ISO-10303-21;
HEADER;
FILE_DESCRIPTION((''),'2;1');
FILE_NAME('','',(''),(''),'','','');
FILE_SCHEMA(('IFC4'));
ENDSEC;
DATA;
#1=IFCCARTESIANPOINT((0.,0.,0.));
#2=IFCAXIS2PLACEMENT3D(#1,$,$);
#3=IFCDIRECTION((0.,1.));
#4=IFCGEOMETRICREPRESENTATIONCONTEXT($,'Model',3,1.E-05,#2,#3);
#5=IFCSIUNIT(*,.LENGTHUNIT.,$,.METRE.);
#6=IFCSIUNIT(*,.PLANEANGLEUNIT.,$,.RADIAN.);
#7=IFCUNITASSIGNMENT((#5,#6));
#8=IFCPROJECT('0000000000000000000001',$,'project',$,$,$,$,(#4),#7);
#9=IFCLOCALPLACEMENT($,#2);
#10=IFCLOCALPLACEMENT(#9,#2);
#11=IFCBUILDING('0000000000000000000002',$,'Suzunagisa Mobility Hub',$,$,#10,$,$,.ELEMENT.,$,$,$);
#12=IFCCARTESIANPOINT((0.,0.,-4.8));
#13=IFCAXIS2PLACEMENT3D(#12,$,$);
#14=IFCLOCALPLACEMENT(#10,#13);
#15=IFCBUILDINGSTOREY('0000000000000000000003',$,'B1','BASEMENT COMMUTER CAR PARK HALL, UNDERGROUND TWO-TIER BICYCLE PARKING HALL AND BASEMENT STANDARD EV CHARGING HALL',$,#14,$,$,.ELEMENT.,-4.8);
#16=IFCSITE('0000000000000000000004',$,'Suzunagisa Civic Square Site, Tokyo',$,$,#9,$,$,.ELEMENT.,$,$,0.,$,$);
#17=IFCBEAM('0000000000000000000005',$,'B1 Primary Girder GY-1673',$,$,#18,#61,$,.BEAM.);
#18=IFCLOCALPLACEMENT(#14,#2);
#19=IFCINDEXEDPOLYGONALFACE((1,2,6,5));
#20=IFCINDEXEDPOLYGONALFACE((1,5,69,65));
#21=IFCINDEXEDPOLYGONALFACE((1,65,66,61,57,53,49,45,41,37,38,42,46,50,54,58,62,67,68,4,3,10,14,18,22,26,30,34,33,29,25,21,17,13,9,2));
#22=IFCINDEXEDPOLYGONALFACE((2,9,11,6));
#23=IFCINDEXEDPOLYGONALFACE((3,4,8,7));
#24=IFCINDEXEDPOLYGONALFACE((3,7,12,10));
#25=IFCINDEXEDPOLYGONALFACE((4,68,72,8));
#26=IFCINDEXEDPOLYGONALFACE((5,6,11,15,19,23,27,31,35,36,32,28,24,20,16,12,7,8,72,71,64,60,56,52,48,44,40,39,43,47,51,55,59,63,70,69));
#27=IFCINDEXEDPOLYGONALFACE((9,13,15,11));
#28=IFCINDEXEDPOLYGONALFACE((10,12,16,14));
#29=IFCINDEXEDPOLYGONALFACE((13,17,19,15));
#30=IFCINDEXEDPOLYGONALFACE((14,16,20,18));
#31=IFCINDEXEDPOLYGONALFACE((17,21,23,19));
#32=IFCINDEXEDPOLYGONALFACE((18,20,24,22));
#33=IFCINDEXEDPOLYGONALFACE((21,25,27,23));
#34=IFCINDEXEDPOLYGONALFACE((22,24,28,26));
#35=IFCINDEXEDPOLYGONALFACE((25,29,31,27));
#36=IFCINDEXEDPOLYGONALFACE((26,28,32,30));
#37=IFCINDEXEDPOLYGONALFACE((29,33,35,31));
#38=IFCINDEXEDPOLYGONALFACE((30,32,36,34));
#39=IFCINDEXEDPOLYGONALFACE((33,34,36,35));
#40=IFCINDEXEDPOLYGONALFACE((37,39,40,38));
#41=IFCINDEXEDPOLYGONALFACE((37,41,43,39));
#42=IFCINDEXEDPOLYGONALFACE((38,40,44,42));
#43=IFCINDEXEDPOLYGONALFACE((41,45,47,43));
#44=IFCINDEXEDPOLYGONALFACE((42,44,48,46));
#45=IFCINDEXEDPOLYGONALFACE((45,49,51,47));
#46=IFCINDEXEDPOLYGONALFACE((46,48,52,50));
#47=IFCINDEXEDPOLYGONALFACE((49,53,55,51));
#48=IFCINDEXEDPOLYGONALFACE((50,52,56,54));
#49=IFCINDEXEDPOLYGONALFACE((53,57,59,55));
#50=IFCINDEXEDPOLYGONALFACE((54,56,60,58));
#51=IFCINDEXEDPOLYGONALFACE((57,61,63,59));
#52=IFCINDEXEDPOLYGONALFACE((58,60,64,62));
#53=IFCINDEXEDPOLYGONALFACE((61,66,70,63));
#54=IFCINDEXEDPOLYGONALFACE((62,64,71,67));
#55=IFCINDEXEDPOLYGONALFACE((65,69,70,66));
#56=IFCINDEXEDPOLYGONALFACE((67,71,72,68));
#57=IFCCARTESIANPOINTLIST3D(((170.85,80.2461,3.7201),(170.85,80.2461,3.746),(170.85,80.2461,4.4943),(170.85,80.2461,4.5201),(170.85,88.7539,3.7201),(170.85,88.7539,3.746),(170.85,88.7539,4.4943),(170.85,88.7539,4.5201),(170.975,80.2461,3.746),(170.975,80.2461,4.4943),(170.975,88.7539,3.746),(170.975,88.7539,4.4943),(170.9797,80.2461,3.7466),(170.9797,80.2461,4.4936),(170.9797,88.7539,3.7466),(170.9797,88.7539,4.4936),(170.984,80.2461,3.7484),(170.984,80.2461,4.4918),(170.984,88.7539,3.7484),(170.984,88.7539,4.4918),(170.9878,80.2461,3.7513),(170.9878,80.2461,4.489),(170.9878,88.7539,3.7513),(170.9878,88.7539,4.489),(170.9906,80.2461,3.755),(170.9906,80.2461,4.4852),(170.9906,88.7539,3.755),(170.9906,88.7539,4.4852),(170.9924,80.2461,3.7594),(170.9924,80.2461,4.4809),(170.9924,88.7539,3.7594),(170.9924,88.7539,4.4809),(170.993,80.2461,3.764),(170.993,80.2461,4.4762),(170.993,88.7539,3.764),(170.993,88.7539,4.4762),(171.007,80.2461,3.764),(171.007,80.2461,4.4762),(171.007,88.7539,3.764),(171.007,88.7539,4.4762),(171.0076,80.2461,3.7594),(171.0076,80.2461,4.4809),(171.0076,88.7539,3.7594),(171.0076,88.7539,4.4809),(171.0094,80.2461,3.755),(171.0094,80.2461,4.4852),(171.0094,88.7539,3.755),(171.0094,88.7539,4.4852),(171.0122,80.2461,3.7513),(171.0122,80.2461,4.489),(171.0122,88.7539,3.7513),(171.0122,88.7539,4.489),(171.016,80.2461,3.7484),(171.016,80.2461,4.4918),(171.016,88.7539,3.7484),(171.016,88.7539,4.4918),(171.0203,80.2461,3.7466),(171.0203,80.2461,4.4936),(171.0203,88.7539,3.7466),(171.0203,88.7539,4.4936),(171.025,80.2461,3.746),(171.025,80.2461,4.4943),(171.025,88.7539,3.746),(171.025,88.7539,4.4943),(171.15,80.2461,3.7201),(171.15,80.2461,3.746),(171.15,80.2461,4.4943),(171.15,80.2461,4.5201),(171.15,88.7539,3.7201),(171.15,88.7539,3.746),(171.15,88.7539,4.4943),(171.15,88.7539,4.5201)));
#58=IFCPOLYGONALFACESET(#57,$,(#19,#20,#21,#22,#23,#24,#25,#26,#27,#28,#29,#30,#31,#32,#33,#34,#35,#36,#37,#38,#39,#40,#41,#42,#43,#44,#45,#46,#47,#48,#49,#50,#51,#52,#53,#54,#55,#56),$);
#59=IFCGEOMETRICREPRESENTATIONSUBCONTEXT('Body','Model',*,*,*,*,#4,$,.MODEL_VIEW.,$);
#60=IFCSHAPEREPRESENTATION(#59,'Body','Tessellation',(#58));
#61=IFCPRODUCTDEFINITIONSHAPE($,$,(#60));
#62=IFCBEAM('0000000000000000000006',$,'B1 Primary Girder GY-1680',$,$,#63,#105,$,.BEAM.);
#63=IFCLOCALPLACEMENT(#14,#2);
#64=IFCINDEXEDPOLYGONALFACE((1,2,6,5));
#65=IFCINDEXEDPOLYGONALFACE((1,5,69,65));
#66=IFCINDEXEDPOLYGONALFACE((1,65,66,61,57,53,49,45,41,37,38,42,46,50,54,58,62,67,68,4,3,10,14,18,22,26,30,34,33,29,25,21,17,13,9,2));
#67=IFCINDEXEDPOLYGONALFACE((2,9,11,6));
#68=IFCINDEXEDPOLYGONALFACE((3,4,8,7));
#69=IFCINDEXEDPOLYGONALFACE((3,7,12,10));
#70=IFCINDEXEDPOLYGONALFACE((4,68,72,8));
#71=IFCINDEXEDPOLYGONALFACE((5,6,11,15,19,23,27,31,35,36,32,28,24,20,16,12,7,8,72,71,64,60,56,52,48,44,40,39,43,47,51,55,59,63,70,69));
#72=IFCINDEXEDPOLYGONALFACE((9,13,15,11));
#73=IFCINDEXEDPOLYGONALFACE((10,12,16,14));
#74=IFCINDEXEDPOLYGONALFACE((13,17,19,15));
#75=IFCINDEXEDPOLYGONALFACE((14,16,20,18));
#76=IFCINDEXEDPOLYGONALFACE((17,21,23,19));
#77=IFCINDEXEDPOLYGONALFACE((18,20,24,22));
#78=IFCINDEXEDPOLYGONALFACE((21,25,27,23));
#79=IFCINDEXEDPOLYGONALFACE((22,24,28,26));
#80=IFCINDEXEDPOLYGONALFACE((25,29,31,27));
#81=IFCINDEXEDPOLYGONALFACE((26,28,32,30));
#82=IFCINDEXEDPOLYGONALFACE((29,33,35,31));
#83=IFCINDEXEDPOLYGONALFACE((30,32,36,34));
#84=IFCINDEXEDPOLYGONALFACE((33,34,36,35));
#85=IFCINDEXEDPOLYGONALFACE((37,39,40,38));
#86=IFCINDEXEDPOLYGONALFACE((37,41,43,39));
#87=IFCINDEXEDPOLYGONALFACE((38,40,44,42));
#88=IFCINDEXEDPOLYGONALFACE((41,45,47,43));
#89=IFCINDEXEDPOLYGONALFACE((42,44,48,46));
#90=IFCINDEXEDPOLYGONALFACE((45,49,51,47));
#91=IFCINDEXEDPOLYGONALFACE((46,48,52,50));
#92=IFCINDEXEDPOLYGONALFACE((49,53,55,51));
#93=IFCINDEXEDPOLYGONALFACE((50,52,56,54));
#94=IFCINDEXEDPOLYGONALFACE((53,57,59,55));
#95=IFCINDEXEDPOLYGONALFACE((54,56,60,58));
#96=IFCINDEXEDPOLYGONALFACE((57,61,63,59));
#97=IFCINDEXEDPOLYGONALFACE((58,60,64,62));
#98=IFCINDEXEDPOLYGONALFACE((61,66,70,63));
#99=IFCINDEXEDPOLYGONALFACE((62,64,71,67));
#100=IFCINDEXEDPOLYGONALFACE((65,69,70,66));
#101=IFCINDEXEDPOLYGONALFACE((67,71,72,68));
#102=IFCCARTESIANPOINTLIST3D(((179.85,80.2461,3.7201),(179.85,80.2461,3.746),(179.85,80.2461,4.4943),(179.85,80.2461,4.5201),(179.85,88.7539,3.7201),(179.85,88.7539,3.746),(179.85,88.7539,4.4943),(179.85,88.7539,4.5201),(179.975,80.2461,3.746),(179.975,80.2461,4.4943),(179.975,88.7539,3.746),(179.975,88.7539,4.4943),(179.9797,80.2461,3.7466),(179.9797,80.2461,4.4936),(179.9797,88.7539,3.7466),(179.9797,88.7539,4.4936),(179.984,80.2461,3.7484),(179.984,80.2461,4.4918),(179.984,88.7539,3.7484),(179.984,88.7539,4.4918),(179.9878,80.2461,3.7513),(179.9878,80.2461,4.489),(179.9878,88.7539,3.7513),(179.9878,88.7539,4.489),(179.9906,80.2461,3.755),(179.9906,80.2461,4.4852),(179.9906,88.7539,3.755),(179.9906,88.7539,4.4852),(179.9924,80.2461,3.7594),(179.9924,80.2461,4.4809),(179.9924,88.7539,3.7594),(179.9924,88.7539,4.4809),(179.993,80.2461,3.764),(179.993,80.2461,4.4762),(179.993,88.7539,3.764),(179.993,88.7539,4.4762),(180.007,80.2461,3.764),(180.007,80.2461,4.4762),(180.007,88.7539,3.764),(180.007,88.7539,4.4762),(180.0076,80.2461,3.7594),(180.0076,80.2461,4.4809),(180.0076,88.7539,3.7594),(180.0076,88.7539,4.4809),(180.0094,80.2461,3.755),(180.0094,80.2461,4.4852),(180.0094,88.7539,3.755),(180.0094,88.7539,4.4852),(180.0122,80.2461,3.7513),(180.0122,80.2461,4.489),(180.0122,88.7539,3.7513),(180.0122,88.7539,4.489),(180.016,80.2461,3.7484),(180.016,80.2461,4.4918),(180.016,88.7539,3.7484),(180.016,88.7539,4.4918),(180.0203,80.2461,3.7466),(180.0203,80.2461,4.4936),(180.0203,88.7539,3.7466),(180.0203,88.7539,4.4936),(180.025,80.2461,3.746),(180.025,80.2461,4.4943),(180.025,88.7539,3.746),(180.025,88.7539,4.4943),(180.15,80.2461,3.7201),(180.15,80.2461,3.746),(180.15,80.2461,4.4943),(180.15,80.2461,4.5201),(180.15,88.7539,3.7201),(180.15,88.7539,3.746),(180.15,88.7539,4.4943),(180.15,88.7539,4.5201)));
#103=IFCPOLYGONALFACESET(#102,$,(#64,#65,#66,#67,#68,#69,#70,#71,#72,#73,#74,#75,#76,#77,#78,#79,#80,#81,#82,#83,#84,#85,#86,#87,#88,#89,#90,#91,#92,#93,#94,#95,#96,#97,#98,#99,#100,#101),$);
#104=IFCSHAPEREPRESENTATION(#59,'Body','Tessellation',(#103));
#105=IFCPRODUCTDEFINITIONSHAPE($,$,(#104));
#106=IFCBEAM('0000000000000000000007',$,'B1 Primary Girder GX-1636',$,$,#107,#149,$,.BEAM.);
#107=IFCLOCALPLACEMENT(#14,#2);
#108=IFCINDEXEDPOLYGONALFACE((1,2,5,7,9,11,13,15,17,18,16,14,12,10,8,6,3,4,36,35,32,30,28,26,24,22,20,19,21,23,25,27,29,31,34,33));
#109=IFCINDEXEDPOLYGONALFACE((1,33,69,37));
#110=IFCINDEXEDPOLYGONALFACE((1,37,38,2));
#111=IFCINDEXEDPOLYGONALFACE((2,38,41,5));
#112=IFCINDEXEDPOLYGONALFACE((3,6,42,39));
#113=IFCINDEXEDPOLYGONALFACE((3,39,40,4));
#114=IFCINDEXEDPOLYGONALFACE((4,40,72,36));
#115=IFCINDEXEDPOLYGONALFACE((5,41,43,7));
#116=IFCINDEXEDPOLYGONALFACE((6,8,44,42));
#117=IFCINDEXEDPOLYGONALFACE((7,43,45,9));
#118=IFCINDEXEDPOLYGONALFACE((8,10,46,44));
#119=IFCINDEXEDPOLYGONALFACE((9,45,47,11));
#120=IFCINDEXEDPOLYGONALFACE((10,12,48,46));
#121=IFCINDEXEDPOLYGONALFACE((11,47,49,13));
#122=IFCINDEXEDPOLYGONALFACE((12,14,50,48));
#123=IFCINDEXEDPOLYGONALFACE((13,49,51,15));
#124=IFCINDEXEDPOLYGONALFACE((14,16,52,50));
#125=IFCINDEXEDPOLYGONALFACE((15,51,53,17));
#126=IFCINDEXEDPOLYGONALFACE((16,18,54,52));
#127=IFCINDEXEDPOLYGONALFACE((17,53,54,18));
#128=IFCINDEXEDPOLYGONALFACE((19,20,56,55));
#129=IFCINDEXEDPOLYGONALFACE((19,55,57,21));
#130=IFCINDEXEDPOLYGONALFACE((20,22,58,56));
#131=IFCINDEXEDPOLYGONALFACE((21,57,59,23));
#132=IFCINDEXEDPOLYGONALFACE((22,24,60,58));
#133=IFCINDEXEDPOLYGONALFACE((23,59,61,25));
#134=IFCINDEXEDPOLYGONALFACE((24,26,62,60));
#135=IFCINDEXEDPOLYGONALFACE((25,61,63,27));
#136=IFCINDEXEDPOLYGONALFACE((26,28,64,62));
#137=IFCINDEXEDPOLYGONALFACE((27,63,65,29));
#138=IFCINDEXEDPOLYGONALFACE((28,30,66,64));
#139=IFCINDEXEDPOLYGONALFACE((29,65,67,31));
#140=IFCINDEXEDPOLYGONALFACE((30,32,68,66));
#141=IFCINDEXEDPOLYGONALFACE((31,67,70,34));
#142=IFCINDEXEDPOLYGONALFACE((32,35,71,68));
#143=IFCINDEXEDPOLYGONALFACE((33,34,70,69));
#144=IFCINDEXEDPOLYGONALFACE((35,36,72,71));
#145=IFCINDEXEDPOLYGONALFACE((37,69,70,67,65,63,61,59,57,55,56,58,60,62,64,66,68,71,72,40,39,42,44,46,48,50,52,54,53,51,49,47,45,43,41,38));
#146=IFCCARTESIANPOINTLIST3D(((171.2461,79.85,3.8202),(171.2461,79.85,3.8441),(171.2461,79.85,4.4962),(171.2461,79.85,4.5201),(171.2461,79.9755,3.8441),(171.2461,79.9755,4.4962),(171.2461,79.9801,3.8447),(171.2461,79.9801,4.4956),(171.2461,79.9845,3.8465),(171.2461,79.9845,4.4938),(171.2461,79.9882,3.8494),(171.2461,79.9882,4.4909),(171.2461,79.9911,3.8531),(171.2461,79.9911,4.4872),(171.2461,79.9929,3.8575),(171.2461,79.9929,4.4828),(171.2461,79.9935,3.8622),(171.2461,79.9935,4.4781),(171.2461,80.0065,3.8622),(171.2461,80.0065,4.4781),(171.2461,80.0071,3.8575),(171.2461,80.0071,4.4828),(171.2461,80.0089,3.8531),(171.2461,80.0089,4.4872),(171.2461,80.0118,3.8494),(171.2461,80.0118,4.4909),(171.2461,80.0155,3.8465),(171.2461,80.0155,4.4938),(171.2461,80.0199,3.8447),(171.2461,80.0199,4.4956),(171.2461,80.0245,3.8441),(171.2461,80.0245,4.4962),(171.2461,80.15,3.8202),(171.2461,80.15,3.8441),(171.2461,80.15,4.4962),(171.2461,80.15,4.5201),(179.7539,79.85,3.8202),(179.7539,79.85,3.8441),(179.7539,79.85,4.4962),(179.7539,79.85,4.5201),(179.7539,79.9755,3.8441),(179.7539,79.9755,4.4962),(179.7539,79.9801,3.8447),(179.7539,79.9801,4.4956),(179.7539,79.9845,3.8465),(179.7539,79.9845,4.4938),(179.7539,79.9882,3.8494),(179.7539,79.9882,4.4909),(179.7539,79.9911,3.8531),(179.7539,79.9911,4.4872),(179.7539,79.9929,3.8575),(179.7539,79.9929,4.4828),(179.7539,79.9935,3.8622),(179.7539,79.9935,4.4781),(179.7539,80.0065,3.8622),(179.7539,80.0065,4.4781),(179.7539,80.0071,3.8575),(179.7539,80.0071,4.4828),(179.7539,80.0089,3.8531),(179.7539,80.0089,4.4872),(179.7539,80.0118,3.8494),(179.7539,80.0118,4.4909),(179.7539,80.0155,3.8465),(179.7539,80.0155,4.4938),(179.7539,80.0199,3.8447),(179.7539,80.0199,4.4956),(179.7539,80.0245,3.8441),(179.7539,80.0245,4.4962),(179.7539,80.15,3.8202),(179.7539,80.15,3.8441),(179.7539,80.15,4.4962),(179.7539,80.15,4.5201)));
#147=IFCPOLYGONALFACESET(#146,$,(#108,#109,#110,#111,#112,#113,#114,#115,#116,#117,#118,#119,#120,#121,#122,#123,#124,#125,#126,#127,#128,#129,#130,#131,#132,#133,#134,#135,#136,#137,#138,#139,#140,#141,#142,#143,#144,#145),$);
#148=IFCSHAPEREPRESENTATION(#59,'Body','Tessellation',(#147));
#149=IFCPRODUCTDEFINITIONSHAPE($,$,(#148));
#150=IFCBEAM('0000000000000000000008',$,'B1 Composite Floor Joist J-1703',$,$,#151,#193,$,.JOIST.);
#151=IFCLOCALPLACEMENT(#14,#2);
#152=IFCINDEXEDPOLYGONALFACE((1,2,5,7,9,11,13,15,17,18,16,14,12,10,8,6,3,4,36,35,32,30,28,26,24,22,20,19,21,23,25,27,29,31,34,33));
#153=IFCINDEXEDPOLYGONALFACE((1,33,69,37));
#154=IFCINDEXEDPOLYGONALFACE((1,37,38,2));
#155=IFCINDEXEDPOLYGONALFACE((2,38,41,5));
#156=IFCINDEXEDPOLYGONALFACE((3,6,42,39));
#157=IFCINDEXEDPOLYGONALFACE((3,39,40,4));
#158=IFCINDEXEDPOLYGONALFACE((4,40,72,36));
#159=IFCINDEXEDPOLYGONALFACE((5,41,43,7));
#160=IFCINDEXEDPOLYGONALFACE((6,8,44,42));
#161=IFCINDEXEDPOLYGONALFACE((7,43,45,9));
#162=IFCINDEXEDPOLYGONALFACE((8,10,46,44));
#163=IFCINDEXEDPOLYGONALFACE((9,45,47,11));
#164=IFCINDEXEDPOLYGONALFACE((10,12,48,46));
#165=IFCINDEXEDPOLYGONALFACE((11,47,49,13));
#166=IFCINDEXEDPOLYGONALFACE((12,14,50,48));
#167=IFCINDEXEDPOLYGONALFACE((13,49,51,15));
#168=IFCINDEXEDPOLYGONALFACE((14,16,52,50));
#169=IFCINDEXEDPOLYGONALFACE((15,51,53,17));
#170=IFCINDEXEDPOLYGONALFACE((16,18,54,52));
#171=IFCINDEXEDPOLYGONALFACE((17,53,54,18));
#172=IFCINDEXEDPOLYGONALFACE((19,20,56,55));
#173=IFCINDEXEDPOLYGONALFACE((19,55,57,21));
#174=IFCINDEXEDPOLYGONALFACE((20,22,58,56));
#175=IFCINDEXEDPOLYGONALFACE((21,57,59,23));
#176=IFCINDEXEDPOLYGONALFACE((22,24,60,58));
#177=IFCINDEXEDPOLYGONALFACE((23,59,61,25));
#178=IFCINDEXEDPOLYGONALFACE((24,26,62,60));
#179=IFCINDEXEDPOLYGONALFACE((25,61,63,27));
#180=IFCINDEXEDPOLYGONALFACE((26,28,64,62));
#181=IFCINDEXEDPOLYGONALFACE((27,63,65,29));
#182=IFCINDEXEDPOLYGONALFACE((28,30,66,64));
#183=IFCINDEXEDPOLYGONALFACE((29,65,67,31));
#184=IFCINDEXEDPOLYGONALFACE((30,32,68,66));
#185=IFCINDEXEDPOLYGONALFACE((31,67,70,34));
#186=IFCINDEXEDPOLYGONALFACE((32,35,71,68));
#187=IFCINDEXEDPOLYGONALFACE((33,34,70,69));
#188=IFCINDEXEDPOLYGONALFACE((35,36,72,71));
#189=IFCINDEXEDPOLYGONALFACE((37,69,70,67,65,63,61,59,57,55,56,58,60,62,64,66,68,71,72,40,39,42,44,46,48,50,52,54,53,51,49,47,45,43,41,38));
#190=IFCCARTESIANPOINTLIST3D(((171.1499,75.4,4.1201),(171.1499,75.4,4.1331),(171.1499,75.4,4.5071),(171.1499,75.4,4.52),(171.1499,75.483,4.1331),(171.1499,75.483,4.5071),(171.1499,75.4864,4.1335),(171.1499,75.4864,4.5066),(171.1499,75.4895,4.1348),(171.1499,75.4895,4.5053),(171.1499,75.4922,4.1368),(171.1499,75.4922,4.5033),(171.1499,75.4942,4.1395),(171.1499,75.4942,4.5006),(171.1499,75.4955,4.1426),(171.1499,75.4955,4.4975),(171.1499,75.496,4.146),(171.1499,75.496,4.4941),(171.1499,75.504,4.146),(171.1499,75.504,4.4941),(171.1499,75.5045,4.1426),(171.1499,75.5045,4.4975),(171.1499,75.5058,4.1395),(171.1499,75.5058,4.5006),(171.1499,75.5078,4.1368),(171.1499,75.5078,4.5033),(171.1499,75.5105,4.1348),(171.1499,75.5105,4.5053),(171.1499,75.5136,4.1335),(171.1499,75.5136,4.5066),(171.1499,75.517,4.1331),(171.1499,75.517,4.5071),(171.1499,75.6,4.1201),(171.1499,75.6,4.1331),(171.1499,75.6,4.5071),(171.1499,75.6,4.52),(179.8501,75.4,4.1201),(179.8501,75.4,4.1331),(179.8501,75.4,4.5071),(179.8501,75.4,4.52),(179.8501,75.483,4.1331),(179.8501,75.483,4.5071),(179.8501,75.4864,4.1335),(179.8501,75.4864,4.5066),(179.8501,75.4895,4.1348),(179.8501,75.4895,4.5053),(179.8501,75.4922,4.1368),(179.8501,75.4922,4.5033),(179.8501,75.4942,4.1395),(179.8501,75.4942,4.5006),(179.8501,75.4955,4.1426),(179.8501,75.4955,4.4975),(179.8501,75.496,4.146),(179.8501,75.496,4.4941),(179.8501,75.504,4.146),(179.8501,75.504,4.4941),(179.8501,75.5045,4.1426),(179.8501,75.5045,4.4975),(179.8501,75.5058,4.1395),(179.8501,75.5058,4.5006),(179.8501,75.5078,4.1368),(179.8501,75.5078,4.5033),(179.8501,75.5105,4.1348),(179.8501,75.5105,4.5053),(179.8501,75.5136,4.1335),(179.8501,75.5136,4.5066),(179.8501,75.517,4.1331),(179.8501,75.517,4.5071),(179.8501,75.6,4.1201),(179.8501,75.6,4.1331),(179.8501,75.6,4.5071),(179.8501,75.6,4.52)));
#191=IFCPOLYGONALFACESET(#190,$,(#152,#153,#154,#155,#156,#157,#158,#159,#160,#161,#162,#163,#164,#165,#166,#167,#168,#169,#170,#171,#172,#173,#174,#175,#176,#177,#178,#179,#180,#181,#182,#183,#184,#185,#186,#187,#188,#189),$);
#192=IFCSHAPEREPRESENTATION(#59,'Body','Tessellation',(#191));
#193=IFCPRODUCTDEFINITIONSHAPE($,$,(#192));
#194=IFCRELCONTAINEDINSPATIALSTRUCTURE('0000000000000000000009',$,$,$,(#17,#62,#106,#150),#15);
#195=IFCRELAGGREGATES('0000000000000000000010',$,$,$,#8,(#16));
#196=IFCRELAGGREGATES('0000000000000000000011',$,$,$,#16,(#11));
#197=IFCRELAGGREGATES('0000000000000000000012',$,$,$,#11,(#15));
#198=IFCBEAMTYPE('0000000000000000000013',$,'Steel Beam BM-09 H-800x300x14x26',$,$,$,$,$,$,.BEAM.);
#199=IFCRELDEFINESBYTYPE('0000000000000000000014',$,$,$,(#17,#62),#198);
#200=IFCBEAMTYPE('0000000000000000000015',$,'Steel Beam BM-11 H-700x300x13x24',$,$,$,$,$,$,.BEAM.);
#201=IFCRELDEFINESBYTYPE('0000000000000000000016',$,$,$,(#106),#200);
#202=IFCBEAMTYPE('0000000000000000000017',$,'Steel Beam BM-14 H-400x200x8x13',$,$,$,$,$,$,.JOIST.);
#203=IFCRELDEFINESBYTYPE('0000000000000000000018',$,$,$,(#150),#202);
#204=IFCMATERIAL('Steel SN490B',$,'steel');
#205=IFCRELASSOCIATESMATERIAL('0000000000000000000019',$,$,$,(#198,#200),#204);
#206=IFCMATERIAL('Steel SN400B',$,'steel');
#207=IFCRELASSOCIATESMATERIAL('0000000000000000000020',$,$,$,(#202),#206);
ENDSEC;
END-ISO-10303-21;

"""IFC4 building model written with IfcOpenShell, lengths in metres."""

from ifc_helpers import new_model, si_unit, direction, frame, origin, origin_2d, place, context, subcontext, project, spatial, i_section, extrude, material, material_profile, profile_set, type_object, element, save


model = new_model("IFC4")

# Units and contexts
model_context = context("Model", 3, precision=1e-05, world=origin(), true_north=direction((0.0, 1.0)))
body_context = subcontext(model_context, "Body", "Model", "MODEL_VIEW")
ifc_project = project(units=[si_unit("LENGTHUNIT", "METRE"), si_unit("PLANEANGLEUNIT", "RADIAN")], contexts=[model_context])

# Site, building, storey
site_placement = place(None, origin())
site = spatial("IfcSite", under=ifc_project, at=site_placement, Name="Suzunagisa Civic Square Site, Tokyo", CompositionType="ELEMENT", RefElevation=0.0)
building_placement = place(site_placement, origin())
building = spatial("IfcBuilding", under=site, at=building_placement, Name="Suzunagisa Mobility Hub", CompositionType="ELEMENT")
storey_placement = place(building_placement, frame((0.0, 0.0, -4.8)))
storey = spatial("IfcBuildingStorey", under=building, at=storey_placement, Name="B1", Description="BASEMENT COMMUTER CAR PARK HALL, UNDERGROUND TWO-TIER BICYCLE PARKING HALL AND BASEMENT STANDARD EV CHARGING HALL", CompositionType="ELEMENT", Elevation=-4.8)

# Shared definitions
ifc_material_1 = material(Name="Steel SN490B", Category="steel")

# Beams
ifc_material_profile_1 = material_profile(ifc_material_1, i_section(OverallWidth=0.3, OverallDepth=0.8, WebThickness=0.0139, FlangeThickness=0.0259, FilletRadius=0.0181, at=origin_2d()), Name="H-800x300x14x26")
ifc_profile_set_1 = profile_set([ifc_material_profile_1], Name="Steel SN490B")
beam_type_1 = type_object("IfcBeamType", Name="Steel Beam BM-09 H-800x300x14x26", PredefinedType="BEAM", material=ifc_profile_set_1)
for number, where, z_axis, x_axis, name in (
    (1, (171.0, 80.2461, 4.1201), (0.0, 1.0, 0.0), (-1.0, 0.0, 0.0), "B1 Primary Girder GY-1673"),
    (2, (180.0, 80.2461, 4.1201), (0.0, 1.0, 0.0), (-1.0, 0.0, 0.0), "B1 Primary Girder GY-1680"),
):
    element("IfcBeam", number, at=place(storey_placement, frame(where, z_axis=z_axis, x_axis=x_axis)), inside=storey, type_object=beam_type_1, Name=name, PredefinedType="BEAM", context=body_context, shape_type="SweptSolid", body=[
        extrude(i_section(OverallWidth=0.3, OverallDepth=0.8, WebThickness=0.0139, FlangeThickness=0.0259, FilletRadius=0.0181, at=origin_2d()), origin(), (0.0, 0.0, 1.0), 8.5078),
    ])
ifc_material_profile_2 = material_profile(ifc_material_1, i_section(OverallWidth=0.3, OverallDepth=0.7, WebThickness=0.0129, FlangeThickness=0.0239, FilletRadius=0.0181, at=origin_2d()), Name="H-700x300x13x24")
ifc_profile_set_2 = profile_set([ifc_material_profile_2], Name="Steel SN490B")
beam_type_2 = type_object("IfcBeamType", Name="Steel Beam BM-11 H-700x300x13x24", PredefinedType="BEAM", material=ifc_profile_set_2)
beam_placement = place(storey_placement, frame((171.2461, 80.0, 4.1702), z_axis=(1.0, 0.0, 0.0), x_axis=(0.0, 1.0, 0.0)))
element("IfcBeam", 3, at=beam_placement, inside=storey, type_object=beam_type_2, Name="B1 Primary Girder GX-1636", PredefinedType="BEAM", context=body_context, shape_type="SweptSolid", body=[
    extrude(i_section(OverallWidth=0.3, OverallDepth=0.7, WebThickness=0.0129, FlangeThickness=0.0239, FilletRadius=0.0181, at=origin_2d()), origin(), (0.0, 0.0, 1.0), 8.5078),
])
ifc_material_2 = material(Name="Steel SN400B", Category="steel")
ifc_material_profile_3 = material_profile(ifc_material_2, i_section(OverallWidth=0.2, OverallDepth=0.3999, WebThickness=0.0081, FlangeThickness=0.0129, FilletRadius=0.0129, at=origin_2d()), Name="H-400x200x8x13")
ifc_profile_set_3 = profile_set([ifc_material_profile_3], Name="Steel SN400B")
beam_type_3 = type_object("IfcBeamType", Name="Steel Beam BM-14 H-400x200x8x13", PredefinedType="JOIST", material=ifc_profile_set_3)
for number, where, z_axis, x_axis, name in (
    (4, (171.1499, 75.5, 4.3201), (1.0, 0.0, 0.0), (0.0, 1.0, 0.0), "B1 Composite Floor Joist J-1703"),
):
    element("IfcBeam", number, at=place(storey_placement, frame(where, z_axis=z_axis, x_axis=x_axis)), inside=storey, type_object=beam_type_3, Name=name, PredefinedType="JOIST", context=body_context, shape_type="SweptSolid", body=[
        extrude(i_section(OverallWidth=0.2, OverallDepth=0.3999, WebThickness=0.0081, FlangeThickness=0.0129, FilletRadius=0.0129, at=origin_2d()), origin(), (0.0, 0.0, 1.0), 8.7002),
    ])

save(model, "model.ifc")
